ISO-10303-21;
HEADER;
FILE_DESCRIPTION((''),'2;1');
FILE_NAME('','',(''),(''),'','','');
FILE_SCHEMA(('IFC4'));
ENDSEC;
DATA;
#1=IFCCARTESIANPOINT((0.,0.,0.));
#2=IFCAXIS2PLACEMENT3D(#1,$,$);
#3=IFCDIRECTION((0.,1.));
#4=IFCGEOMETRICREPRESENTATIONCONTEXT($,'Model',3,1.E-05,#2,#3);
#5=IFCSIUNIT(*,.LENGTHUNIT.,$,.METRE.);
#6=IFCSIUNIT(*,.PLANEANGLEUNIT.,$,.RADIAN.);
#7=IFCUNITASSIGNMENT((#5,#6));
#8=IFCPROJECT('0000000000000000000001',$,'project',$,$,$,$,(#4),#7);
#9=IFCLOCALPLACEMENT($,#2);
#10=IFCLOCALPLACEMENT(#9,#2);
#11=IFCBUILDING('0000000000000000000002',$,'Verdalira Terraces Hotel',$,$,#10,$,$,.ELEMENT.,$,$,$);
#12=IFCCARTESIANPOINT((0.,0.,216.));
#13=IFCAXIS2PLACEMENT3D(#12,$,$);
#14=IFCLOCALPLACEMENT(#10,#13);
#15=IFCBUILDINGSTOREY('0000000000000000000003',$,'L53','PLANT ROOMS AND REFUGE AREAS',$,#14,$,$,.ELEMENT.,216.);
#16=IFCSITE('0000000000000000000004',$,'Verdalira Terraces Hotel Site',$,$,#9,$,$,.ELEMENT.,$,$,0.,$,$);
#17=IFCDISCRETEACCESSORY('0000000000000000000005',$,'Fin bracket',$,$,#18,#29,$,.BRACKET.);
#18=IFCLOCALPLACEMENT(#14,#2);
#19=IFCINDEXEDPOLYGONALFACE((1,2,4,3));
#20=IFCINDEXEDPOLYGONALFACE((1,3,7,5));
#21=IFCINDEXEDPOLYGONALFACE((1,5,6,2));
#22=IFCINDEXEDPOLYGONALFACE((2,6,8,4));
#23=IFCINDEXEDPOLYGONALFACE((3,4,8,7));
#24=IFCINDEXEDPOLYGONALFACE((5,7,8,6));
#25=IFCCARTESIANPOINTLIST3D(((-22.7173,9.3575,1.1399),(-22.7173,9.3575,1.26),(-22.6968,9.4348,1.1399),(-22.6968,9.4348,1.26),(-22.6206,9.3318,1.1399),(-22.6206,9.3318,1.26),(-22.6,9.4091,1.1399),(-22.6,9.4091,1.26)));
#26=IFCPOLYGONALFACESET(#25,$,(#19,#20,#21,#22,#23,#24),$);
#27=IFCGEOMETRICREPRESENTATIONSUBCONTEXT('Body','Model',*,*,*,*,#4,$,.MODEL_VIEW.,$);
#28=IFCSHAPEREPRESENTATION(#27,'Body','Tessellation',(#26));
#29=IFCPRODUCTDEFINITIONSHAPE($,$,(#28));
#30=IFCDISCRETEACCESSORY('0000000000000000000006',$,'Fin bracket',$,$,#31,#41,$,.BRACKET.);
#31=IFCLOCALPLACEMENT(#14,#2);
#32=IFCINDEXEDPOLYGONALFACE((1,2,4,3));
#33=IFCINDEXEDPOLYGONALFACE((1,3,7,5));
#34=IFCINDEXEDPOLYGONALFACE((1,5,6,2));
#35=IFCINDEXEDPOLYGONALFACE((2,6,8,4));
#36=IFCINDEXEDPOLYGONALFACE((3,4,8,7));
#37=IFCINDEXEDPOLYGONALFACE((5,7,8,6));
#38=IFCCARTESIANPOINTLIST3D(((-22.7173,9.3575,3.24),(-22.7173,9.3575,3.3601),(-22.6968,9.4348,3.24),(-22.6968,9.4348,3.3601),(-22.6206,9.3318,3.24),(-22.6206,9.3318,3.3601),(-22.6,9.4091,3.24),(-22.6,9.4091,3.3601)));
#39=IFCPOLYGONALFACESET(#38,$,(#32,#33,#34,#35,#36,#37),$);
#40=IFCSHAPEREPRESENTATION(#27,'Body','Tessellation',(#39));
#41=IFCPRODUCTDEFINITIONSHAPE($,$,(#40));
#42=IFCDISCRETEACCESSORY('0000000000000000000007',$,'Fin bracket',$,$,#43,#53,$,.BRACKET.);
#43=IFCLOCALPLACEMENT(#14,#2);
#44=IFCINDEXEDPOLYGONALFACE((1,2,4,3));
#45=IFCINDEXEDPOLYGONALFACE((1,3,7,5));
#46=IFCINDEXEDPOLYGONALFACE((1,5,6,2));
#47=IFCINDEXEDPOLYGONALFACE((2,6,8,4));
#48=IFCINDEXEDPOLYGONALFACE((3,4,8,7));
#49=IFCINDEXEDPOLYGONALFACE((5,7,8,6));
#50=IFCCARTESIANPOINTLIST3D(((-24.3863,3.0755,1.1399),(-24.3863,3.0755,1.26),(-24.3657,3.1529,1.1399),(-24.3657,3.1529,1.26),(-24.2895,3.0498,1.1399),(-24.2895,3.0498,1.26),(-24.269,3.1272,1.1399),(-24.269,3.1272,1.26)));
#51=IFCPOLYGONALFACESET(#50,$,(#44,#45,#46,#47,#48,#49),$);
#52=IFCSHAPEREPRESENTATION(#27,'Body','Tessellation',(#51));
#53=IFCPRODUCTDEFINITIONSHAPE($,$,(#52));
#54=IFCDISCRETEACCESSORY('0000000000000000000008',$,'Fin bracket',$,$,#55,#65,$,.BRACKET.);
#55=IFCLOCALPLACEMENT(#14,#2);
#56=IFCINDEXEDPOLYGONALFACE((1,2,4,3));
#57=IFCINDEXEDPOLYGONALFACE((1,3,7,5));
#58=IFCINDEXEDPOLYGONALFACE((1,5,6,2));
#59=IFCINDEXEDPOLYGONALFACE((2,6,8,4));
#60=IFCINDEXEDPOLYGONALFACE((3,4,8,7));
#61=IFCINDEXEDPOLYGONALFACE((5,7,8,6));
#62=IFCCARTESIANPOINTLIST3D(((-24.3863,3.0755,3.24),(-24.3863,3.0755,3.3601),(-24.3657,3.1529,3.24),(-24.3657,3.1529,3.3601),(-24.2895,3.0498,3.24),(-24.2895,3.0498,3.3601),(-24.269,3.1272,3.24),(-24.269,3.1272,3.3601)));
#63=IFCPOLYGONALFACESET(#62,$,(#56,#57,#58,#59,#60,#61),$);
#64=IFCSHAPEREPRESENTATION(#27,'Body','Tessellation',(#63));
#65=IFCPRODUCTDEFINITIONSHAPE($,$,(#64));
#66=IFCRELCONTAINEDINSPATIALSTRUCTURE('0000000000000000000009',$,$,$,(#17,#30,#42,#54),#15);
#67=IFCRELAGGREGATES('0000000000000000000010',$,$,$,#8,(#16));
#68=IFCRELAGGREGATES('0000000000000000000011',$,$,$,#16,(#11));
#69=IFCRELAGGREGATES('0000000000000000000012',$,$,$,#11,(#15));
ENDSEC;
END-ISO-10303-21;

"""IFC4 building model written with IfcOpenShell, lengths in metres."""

from ifc_helpers import new_model, si_unit, direction, frame, origin, origin_2d, place, context, subcontext, project, spatial, rectangle, extrude, element, save


model = new_model("IFC4")

# Units and contexts
model_context = context("Model", 3, precision=1e-05, world=origin(), true_north=direction((0.0, 1.0)))
body_context = subcontext(model_context, "Body", "Model", "MODEL_VIEW")
ifc_project = project(units=[si_unit("LENGTHUNIT", "METRE"), si_unit("PLANEANGLEUNIT", "RADIAN")], contexts=[model_context])

# Site, building, storey
site_placement = place(None, origin())
site = spatial("IfcSite", under=ifc_project, at=site_placement, Name="Verdalira Terraces Hotel Site", CompositionType="ELEMENT", RefElevation=0.0)
building_placement = place(site_placement, origin())
building = spatial("IfcBuilding", under=site, at=building_placement, Name="Verdalira Terraces Hotel", CompositionType="ELEMENT")
storey_placement = place(building_placement, frame((0.0, 0.0, 216.0)))
storey = spatial("IfcBuildingStorey", under=building, at=storey_placement, Name="L53", Description="PLANT ROOMS AND REFUGE AREAS", CompositionType="ELEMENT", Elevation=216.0)

# Discrete accessories
for number, where, z_axis, x_axis, name in (
    (1, (-22.6587, 9.3833, 1.1399), (0.0, 0.0, 1.0), (-0.256795, -0.966466, 0.0), "Fin bracket"),
    (2, (-22.6587, 9.3833, 3.24), (0.0, 0.0, 1.0), (-0.256795, -0.966466, 0.0), "Fin bracket"),
    (3, (-24.3276, 3.1013, 1.1399), (0.0, 0.0, 1.0), (-0.256795, -0.966466, 0.0), "Fin bracket"),
    (4, (-24.3276, 3.1013, 3.24), (0.0, 0.0, 1.0), (-0.256795, -0.966466, 0.0), "Fin bracket"),
):
    element("IfcDiscreteAccessory", number, at=place(storey_placement, frame(where, z_axis=z_axis, x_axis=x_axis)), inside=storey, Name=name, PredefinedType="BRACKET", context=body_context, shape_type="SweptSolid", body=[
        extrude(rectangle(XDim=0.0801, YDim=0.1001, at=origin_2d()), origin(), (0.0, 0.0, 1.0), 0.1201),
    ])

save(model, "model.ifc")
